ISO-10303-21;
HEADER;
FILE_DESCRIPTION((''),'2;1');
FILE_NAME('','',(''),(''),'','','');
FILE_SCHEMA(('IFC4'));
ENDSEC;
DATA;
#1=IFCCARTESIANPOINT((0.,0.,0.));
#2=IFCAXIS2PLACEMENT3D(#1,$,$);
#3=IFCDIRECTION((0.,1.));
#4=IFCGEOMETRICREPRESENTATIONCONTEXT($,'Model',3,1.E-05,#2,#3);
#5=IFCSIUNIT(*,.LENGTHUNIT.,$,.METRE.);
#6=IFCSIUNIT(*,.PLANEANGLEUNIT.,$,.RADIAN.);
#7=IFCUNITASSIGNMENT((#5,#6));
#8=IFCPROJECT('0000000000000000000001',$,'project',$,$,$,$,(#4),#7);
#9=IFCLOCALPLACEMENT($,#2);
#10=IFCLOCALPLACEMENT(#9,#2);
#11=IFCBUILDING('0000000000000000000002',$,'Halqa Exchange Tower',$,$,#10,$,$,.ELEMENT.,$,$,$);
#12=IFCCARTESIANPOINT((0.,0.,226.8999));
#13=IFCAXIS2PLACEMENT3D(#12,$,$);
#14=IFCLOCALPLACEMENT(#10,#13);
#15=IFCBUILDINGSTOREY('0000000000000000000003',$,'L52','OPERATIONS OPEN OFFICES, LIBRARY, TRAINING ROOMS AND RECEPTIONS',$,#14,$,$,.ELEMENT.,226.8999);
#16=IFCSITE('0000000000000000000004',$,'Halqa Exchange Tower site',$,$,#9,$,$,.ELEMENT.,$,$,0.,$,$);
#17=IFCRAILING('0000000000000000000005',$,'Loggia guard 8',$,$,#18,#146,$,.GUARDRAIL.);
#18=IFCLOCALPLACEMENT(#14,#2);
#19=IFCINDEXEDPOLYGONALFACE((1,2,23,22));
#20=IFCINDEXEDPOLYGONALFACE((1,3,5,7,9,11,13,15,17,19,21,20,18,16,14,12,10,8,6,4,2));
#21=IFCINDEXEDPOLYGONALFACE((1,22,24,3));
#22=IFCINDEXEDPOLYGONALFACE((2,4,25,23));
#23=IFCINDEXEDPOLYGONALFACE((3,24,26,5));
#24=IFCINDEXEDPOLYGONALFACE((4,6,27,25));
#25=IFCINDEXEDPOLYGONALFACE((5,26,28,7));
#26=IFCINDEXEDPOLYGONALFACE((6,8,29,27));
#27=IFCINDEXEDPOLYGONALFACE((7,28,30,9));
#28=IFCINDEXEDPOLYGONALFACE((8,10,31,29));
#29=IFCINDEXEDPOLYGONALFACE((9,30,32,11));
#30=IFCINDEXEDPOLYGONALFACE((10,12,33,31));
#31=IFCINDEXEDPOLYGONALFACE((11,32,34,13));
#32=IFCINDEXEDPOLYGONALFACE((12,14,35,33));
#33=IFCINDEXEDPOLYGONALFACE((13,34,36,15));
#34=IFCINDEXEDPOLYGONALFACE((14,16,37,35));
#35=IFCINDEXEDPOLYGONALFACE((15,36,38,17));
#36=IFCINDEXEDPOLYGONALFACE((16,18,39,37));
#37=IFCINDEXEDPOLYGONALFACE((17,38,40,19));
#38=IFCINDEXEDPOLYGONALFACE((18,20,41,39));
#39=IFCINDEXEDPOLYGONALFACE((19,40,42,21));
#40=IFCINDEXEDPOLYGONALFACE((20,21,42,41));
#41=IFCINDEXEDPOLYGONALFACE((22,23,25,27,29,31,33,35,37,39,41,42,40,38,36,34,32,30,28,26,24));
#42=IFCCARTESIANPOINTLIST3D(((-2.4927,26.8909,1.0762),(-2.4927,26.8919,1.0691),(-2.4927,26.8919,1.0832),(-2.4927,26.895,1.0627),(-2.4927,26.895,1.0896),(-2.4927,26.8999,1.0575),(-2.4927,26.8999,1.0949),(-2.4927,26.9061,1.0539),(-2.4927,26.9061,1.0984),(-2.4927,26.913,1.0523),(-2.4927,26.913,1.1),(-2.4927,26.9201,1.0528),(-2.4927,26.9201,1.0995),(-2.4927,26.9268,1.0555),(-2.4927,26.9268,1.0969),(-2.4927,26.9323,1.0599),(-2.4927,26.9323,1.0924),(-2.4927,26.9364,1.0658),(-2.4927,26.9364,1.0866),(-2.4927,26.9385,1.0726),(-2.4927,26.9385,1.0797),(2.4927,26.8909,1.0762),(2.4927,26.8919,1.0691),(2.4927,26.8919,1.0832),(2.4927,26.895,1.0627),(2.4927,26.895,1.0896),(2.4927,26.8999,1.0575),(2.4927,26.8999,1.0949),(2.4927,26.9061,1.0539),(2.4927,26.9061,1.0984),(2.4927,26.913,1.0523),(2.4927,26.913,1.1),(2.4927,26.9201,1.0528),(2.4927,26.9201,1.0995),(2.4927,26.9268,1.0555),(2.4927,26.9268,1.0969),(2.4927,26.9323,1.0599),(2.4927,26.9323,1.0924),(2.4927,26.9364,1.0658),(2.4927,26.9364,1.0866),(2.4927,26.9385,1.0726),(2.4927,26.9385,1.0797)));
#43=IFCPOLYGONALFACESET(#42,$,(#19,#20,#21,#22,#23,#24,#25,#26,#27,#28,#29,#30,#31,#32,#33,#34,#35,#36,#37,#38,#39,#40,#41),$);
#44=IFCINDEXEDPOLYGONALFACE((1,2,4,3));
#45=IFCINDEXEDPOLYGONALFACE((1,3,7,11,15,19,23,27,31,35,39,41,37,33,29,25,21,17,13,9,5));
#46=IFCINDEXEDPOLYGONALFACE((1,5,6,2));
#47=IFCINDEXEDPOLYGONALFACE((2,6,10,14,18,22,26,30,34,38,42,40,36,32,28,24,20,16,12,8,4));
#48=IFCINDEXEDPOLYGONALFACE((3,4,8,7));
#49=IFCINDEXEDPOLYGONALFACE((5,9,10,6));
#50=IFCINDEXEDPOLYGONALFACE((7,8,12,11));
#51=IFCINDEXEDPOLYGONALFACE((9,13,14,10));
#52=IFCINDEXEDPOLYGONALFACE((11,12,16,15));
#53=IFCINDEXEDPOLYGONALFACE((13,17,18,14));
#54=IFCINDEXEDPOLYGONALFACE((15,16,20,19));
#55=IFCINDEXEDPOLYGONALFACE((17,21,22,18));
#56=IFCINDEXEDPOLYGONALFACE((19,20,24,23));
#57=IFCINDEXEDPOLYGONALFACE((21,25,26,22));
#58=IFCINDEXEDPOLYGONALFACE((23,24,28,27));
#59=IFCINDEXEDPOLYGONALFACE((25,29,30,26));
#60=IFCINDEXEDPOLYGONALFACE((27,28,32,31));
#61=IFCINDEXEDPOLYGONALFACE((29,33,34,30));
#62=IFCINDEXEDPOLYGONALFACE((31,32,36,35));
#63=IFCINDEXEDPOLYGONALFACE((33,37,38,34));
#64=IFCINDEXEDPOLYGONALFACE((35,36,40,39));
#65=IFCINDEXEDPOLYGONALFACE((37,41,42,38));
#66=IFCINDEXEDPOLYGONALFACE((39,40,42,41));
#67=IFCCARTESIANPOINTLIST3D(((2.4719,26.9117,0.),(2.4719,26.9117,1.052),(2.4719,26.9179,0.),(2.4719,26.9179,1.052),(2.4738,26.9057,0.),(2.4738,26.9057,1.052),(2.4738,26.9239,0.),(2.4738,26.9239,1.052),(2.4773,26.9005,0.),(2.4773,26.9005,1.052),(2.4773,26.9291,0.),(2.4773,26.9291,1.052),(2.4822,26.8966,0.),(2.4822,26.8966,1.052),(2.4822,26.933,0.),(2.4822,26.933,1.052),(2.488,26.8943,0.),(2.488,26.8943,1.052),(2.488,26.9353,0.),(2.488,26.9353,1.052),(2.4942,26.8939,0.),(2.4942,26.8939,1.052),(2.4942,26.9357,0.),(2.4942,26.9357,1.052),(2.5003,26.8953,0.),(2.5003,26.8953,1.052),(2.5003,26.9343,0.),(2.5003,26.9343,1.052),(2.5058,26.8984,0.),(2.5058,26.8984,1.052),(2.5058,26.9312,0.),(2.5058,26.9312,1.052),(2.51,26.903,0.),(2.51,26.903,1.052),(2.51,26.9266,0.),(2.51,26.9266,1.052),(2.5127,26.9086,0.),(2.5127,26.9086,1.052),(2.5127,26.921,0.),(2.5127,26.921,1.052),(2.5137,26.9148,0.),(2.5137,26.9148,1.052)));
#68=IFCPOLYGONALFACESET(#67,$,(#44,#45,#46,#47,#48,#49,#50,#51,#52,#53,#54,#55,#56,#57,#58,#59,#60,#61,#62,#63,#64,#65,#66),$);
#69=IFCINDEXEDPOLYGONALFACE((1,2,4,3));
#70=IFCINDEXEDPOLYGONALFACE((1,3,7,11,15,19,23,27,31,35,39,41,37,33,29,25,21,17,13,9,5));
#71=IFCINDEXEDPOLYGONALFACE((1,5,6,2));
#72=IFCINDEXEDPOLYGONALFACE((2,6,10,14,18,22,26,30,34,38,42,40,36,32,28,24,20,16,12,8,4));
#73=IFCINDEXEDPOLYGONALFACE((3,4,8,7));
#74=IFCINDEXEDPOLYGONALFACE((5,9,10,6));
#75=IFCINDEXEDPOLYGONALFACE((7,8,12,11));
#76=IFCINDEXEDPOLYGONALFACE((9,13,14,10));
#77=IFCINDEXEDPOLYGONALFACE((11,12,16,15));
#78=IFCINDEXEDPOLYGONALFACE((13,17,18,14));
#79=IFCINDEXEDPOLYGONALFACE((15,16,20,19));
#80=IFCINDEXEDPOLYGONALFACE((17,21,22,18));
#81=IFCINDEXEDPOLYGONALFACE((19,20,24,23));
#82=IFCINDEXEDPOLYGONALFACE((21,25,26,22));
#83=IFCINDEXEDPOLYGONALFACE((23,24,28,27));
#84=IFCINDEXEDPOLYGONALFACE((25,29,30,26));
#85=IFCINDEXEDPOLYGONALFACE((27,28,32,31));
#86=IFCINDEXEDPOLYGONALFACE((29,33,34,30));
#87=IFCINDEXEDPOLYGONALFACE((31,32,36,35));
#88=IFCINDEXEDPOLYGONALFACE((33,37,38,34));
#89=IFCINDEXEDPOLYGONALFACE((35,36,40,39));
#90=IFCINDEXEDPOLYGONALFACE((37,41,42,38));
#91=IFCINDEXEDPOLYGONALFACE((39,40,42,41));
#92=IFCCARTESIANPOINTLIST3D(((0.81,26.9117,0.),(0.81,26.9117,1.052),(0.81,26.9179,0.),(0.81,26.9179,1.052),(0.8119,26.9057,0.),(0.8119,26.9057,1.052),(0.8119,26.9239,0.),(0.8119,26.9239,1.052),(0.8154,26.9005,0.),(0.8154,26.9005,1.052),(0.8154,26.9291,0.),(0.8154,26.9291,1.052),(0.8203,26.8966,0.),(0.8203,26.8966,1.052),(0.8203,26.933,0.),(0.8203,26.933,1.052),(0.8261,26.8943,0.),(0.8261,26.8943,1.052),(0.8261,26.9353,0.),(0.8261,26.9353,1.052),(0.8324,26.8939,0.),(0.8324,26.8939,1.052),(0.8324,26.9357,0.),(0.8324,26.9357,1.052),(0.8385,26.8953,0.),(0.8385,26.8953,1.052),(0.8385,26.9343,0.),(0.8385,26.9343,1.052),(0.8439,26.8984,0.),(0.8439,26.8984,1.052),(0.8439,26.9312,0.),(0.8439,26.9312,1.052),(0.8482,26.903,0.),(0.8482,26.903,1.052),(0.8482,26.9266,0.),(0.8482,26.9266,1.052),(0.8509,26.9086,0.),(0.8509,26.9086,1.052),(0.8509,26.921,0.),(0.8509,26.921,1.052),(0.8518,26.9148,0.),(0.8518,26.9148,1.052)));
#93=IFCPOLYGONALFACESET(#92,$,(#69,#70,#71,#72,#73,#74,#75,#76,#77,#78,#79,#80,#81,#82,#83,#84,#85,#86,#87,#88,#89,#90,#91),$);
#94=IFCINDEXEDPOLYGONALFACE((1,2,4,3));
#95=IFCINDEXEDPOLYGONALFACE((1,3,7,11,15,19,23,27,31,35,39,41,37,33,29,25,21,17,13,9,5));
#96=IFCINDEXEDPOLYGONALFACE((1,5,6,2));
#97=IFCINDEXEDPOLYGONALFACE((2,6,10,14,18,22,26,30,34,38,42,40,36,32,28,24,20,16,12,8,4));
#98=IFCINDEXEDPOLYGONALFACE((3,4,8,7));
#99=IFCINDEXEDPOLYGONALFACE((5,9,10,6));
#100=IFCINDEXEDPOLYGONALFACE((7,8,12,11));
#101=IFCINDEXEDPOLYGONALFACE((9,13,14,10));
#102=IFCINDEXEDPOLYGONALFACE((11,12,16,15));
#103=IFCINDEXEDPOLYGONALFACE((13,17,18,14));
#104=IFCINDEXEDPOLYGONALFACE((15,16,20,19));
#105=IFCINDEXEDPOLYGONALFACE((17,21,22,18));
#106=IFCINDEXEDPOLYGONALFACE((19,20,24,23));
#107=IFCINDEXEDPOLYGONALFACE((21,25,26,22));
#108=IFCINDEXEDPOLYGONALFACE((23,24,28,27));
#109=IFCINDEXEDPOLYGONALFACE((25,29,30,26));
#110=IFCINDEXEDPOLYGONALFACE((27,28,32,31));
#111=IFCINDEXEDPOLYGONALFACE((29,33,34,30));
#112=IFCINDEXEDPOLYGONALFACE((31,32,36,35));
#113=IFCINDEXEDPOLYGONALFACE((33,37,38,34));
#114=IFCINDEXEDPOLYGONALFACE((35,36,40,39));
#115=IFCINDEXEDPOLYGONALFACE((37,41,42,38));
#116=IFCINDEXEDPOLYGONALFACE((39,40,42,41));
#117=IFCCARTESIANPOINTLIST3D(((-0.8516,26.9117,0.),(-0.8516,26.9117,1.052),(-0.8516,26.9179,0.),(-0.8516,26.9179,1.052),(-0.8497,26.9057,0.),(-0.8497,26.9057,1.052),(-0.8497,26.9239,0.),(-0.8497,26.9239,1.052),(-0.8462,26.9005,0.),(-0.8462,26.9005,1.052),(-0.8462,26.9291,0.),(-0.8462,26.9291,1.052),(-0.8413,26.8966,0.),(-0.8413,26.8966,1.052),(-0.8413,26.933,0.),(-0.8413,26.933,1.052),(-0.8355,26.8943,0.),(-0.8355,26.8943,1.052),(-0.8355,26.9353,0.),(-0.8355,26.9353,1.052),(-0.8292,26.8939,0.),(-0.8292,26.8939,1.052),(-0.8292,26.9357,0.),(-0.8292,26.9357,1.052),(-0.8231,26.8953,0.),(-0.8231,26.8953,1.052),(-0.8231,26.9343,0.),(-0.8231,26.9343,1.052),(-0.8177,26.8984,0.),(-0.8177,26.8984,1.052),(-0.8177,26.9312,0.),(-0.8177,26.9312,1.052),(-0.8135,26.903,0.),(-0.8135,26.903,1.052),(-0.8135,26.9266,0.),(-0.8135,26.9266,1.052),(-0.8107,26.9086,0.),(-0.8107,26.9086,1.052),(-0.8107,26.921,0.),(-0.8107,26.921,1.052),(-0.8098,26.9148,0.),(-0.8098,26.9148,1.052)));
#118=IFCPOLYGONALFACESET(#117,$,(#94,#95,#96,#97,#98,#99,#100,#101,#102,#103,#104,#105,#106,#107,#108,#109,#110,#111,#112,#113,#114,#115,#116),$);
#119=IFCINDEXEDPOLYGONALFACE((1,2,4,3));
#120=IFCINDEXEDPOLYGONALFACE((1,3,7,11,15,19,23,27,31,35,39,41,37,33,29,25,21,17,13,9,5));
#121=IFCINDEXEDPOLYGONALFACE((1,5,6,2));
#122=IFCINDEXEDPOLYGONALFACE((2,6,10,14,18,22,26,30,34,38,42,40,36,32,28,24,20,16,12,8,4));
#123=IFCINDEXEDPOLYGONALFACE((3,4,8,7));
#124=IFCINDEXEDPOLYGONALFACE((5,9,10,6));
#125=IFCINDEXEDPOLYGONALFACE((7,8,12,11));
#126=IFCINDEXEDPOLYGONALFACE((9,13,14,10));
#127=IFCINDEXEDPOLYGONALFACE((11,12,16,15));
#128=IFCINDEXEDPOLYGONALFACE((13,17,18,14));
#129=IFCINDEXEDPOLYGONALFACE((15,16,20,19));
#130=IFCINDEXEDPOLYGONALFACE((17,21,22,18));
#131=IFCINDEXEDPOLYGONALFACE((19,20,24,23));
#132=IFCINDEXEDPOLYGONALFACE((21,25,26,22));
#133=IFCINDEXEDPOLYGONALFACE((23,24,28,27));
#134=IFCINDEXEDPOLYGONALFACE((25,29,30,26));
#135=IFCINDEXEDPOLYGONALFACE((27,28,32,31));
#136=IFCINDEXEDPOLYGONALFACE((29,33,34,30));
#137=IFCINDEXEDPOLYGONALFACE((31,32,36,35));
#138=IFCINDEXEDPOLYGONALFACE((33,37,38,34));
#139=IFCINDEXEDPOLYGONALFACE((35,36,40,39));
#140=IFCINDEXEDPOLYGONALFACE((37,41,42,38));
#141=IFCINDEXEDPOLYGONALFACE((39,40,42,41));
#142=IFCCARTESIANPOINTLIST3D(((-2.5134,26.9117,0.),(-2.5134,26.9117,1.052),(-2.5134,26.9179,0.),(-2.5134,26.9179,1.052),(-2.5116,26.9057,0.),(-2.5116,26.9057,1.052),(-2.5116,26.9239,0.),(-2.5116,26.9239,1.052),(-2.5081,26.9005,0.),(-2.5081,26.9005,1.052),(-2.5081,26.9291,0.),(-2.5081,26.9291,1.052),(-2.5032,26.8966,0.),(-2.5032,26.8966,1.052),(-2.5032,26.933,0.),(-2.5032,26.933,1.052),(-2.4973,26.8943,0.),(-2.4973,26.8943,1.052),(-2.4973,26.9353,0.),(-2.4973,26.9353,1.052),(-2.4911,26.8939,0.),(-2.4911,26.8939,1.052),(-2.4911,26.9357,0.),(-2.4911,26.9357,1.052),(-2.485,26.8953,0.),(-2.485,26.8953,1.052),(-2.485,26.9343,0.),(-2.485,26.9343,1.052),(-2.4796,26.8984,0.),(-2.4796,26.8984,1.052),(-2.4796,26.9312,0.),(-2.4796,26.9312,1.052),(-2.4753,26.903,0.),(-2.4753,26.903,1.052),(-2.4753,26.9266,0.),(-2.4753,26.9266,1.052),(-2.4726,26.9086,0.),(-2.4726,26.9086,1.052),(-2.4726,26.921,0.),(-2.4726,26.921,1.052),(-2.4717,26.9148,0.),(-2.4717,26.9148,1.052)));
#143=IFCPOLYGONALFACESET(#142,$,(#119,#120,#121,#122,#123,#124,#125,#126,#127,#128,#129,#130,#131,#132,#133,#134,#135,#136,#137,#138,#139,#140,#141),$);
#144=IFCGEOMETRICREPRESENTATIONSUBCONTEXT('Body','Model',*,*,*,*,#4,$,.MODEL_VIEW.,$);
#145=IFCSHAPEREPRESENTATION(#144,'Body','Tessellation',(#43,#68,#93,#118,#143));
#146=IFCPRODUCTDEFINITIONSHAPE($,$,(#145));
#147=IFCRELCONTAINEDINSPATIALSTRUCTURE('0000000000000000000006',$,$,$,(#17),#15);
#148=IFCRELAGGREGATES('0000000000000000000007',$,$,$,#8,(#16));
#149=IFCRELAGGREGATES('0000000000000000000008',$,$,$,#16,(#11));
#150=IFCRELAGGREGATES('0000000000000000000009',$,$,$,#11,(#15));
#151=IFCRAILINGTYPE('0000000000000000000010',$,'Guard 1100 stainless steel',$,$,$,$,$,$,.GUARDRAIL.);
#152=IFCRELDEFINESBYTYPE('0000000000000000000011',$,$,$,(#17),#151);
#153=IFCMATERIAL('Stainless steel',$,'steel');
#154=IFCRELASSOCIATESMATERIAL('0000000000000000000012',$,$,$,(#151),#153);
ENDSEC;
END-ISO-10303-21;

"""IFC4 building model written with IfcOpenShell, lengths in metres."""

from ifc_helpers import new_model, si_unit, direction, frame, origin, origin_2d, place, context, subcontext, project, spatial, circle, extrude, material, type_object, element, save


model = new_model("IFC4")

# Units and contexts
model_context = context("Model", 3, precision=1e-05, world=origin(), true_north=direction((0.0, 1.0)))
body_context = subcontext(model_context, "Body", "Model", "MODEL_VIEW")
ifc_project = project(units=[si_unit("LENGTHUNIT", "METRE"), si_unit("PLANEANGLEUNIT", "RADIAN")], contexts=[model_context])

# Site, building, storey
site_placement = place(None, origin())
site = spatial("IfcSite", under=ifc_project, at=site_placement, Name="Halqa Exchange Tower site", CompositionType="ELEMENT", RefElevation=0.0)
building_placement = place(site_placement, origin())
building = spatial("IfcBuilding", under=site, at=building_placement, Name="Halqa Exchange Tower", CompositionType="ELEMENT")
storey_placement = place(building_placement, frame((0.0, 0.0, 226.8999)))
storey = spatial("IfcBuildingStorey", under=building, at=storey_placement, Name="L52", Description="OPERATIONS OPEN OFFICES, LIBRARY, TRAINING ROOMS AND RECEPTIONS", CompositionType="ELEMENT", Elevation=226.8999)

# Railing
ifc_material_1 = material(Name="Stainless steel", Category="steel")
railing_type_1 = type_object("IfcRailingType", Name="Guard 1100 stainless steel", PredefinedType="GUARDRAIL", material=ifc_material_1)
railing_1_placement = place(storey_placement, frame((2.4927, 26.9148, 0.0)))
element("IfcRailing", 1, at=railing_1_placement, inside=storey, type_object=railing_type_1, Name="Loggia guard 8", PredefinedType="GUARDRAIL", context=body_context, shape_type="SweptSolid", body=[
    extrude(circle(Radius=0.0239, at=origin_2d()), frame((0.0, 0.0, 1.0762), z_axis=(-1.0, 0.0, 0.0), x_axis=(0.0, -1.0, 0.0)), (0.0, 0.0, 1.0), 4.9854),
    extrude(circle(Radius=0.021, at=origin_2d()), origin(), (0.0, 0.0, 1.0), 1.052),
    extrude(circle(Radius=0.021, at=origin_2d()), frame((-1.6619, 0.0, 0.0)), (0.0, 0.0, 1.0), 1.052),
    extrude(circle(Radius=0.021, at=origin_2d()), frame((-3.3235, 0.0, 0.0)), (0.0, 0.0, 1.0), 1.052),
    extrude(circle(Radius=0.021, at=origin_2d()), frame((-4.9854, 0.0, 0.0)), (0.0, 0.0, 1.0), 1.052),
])

save(model, "model.ifc")
